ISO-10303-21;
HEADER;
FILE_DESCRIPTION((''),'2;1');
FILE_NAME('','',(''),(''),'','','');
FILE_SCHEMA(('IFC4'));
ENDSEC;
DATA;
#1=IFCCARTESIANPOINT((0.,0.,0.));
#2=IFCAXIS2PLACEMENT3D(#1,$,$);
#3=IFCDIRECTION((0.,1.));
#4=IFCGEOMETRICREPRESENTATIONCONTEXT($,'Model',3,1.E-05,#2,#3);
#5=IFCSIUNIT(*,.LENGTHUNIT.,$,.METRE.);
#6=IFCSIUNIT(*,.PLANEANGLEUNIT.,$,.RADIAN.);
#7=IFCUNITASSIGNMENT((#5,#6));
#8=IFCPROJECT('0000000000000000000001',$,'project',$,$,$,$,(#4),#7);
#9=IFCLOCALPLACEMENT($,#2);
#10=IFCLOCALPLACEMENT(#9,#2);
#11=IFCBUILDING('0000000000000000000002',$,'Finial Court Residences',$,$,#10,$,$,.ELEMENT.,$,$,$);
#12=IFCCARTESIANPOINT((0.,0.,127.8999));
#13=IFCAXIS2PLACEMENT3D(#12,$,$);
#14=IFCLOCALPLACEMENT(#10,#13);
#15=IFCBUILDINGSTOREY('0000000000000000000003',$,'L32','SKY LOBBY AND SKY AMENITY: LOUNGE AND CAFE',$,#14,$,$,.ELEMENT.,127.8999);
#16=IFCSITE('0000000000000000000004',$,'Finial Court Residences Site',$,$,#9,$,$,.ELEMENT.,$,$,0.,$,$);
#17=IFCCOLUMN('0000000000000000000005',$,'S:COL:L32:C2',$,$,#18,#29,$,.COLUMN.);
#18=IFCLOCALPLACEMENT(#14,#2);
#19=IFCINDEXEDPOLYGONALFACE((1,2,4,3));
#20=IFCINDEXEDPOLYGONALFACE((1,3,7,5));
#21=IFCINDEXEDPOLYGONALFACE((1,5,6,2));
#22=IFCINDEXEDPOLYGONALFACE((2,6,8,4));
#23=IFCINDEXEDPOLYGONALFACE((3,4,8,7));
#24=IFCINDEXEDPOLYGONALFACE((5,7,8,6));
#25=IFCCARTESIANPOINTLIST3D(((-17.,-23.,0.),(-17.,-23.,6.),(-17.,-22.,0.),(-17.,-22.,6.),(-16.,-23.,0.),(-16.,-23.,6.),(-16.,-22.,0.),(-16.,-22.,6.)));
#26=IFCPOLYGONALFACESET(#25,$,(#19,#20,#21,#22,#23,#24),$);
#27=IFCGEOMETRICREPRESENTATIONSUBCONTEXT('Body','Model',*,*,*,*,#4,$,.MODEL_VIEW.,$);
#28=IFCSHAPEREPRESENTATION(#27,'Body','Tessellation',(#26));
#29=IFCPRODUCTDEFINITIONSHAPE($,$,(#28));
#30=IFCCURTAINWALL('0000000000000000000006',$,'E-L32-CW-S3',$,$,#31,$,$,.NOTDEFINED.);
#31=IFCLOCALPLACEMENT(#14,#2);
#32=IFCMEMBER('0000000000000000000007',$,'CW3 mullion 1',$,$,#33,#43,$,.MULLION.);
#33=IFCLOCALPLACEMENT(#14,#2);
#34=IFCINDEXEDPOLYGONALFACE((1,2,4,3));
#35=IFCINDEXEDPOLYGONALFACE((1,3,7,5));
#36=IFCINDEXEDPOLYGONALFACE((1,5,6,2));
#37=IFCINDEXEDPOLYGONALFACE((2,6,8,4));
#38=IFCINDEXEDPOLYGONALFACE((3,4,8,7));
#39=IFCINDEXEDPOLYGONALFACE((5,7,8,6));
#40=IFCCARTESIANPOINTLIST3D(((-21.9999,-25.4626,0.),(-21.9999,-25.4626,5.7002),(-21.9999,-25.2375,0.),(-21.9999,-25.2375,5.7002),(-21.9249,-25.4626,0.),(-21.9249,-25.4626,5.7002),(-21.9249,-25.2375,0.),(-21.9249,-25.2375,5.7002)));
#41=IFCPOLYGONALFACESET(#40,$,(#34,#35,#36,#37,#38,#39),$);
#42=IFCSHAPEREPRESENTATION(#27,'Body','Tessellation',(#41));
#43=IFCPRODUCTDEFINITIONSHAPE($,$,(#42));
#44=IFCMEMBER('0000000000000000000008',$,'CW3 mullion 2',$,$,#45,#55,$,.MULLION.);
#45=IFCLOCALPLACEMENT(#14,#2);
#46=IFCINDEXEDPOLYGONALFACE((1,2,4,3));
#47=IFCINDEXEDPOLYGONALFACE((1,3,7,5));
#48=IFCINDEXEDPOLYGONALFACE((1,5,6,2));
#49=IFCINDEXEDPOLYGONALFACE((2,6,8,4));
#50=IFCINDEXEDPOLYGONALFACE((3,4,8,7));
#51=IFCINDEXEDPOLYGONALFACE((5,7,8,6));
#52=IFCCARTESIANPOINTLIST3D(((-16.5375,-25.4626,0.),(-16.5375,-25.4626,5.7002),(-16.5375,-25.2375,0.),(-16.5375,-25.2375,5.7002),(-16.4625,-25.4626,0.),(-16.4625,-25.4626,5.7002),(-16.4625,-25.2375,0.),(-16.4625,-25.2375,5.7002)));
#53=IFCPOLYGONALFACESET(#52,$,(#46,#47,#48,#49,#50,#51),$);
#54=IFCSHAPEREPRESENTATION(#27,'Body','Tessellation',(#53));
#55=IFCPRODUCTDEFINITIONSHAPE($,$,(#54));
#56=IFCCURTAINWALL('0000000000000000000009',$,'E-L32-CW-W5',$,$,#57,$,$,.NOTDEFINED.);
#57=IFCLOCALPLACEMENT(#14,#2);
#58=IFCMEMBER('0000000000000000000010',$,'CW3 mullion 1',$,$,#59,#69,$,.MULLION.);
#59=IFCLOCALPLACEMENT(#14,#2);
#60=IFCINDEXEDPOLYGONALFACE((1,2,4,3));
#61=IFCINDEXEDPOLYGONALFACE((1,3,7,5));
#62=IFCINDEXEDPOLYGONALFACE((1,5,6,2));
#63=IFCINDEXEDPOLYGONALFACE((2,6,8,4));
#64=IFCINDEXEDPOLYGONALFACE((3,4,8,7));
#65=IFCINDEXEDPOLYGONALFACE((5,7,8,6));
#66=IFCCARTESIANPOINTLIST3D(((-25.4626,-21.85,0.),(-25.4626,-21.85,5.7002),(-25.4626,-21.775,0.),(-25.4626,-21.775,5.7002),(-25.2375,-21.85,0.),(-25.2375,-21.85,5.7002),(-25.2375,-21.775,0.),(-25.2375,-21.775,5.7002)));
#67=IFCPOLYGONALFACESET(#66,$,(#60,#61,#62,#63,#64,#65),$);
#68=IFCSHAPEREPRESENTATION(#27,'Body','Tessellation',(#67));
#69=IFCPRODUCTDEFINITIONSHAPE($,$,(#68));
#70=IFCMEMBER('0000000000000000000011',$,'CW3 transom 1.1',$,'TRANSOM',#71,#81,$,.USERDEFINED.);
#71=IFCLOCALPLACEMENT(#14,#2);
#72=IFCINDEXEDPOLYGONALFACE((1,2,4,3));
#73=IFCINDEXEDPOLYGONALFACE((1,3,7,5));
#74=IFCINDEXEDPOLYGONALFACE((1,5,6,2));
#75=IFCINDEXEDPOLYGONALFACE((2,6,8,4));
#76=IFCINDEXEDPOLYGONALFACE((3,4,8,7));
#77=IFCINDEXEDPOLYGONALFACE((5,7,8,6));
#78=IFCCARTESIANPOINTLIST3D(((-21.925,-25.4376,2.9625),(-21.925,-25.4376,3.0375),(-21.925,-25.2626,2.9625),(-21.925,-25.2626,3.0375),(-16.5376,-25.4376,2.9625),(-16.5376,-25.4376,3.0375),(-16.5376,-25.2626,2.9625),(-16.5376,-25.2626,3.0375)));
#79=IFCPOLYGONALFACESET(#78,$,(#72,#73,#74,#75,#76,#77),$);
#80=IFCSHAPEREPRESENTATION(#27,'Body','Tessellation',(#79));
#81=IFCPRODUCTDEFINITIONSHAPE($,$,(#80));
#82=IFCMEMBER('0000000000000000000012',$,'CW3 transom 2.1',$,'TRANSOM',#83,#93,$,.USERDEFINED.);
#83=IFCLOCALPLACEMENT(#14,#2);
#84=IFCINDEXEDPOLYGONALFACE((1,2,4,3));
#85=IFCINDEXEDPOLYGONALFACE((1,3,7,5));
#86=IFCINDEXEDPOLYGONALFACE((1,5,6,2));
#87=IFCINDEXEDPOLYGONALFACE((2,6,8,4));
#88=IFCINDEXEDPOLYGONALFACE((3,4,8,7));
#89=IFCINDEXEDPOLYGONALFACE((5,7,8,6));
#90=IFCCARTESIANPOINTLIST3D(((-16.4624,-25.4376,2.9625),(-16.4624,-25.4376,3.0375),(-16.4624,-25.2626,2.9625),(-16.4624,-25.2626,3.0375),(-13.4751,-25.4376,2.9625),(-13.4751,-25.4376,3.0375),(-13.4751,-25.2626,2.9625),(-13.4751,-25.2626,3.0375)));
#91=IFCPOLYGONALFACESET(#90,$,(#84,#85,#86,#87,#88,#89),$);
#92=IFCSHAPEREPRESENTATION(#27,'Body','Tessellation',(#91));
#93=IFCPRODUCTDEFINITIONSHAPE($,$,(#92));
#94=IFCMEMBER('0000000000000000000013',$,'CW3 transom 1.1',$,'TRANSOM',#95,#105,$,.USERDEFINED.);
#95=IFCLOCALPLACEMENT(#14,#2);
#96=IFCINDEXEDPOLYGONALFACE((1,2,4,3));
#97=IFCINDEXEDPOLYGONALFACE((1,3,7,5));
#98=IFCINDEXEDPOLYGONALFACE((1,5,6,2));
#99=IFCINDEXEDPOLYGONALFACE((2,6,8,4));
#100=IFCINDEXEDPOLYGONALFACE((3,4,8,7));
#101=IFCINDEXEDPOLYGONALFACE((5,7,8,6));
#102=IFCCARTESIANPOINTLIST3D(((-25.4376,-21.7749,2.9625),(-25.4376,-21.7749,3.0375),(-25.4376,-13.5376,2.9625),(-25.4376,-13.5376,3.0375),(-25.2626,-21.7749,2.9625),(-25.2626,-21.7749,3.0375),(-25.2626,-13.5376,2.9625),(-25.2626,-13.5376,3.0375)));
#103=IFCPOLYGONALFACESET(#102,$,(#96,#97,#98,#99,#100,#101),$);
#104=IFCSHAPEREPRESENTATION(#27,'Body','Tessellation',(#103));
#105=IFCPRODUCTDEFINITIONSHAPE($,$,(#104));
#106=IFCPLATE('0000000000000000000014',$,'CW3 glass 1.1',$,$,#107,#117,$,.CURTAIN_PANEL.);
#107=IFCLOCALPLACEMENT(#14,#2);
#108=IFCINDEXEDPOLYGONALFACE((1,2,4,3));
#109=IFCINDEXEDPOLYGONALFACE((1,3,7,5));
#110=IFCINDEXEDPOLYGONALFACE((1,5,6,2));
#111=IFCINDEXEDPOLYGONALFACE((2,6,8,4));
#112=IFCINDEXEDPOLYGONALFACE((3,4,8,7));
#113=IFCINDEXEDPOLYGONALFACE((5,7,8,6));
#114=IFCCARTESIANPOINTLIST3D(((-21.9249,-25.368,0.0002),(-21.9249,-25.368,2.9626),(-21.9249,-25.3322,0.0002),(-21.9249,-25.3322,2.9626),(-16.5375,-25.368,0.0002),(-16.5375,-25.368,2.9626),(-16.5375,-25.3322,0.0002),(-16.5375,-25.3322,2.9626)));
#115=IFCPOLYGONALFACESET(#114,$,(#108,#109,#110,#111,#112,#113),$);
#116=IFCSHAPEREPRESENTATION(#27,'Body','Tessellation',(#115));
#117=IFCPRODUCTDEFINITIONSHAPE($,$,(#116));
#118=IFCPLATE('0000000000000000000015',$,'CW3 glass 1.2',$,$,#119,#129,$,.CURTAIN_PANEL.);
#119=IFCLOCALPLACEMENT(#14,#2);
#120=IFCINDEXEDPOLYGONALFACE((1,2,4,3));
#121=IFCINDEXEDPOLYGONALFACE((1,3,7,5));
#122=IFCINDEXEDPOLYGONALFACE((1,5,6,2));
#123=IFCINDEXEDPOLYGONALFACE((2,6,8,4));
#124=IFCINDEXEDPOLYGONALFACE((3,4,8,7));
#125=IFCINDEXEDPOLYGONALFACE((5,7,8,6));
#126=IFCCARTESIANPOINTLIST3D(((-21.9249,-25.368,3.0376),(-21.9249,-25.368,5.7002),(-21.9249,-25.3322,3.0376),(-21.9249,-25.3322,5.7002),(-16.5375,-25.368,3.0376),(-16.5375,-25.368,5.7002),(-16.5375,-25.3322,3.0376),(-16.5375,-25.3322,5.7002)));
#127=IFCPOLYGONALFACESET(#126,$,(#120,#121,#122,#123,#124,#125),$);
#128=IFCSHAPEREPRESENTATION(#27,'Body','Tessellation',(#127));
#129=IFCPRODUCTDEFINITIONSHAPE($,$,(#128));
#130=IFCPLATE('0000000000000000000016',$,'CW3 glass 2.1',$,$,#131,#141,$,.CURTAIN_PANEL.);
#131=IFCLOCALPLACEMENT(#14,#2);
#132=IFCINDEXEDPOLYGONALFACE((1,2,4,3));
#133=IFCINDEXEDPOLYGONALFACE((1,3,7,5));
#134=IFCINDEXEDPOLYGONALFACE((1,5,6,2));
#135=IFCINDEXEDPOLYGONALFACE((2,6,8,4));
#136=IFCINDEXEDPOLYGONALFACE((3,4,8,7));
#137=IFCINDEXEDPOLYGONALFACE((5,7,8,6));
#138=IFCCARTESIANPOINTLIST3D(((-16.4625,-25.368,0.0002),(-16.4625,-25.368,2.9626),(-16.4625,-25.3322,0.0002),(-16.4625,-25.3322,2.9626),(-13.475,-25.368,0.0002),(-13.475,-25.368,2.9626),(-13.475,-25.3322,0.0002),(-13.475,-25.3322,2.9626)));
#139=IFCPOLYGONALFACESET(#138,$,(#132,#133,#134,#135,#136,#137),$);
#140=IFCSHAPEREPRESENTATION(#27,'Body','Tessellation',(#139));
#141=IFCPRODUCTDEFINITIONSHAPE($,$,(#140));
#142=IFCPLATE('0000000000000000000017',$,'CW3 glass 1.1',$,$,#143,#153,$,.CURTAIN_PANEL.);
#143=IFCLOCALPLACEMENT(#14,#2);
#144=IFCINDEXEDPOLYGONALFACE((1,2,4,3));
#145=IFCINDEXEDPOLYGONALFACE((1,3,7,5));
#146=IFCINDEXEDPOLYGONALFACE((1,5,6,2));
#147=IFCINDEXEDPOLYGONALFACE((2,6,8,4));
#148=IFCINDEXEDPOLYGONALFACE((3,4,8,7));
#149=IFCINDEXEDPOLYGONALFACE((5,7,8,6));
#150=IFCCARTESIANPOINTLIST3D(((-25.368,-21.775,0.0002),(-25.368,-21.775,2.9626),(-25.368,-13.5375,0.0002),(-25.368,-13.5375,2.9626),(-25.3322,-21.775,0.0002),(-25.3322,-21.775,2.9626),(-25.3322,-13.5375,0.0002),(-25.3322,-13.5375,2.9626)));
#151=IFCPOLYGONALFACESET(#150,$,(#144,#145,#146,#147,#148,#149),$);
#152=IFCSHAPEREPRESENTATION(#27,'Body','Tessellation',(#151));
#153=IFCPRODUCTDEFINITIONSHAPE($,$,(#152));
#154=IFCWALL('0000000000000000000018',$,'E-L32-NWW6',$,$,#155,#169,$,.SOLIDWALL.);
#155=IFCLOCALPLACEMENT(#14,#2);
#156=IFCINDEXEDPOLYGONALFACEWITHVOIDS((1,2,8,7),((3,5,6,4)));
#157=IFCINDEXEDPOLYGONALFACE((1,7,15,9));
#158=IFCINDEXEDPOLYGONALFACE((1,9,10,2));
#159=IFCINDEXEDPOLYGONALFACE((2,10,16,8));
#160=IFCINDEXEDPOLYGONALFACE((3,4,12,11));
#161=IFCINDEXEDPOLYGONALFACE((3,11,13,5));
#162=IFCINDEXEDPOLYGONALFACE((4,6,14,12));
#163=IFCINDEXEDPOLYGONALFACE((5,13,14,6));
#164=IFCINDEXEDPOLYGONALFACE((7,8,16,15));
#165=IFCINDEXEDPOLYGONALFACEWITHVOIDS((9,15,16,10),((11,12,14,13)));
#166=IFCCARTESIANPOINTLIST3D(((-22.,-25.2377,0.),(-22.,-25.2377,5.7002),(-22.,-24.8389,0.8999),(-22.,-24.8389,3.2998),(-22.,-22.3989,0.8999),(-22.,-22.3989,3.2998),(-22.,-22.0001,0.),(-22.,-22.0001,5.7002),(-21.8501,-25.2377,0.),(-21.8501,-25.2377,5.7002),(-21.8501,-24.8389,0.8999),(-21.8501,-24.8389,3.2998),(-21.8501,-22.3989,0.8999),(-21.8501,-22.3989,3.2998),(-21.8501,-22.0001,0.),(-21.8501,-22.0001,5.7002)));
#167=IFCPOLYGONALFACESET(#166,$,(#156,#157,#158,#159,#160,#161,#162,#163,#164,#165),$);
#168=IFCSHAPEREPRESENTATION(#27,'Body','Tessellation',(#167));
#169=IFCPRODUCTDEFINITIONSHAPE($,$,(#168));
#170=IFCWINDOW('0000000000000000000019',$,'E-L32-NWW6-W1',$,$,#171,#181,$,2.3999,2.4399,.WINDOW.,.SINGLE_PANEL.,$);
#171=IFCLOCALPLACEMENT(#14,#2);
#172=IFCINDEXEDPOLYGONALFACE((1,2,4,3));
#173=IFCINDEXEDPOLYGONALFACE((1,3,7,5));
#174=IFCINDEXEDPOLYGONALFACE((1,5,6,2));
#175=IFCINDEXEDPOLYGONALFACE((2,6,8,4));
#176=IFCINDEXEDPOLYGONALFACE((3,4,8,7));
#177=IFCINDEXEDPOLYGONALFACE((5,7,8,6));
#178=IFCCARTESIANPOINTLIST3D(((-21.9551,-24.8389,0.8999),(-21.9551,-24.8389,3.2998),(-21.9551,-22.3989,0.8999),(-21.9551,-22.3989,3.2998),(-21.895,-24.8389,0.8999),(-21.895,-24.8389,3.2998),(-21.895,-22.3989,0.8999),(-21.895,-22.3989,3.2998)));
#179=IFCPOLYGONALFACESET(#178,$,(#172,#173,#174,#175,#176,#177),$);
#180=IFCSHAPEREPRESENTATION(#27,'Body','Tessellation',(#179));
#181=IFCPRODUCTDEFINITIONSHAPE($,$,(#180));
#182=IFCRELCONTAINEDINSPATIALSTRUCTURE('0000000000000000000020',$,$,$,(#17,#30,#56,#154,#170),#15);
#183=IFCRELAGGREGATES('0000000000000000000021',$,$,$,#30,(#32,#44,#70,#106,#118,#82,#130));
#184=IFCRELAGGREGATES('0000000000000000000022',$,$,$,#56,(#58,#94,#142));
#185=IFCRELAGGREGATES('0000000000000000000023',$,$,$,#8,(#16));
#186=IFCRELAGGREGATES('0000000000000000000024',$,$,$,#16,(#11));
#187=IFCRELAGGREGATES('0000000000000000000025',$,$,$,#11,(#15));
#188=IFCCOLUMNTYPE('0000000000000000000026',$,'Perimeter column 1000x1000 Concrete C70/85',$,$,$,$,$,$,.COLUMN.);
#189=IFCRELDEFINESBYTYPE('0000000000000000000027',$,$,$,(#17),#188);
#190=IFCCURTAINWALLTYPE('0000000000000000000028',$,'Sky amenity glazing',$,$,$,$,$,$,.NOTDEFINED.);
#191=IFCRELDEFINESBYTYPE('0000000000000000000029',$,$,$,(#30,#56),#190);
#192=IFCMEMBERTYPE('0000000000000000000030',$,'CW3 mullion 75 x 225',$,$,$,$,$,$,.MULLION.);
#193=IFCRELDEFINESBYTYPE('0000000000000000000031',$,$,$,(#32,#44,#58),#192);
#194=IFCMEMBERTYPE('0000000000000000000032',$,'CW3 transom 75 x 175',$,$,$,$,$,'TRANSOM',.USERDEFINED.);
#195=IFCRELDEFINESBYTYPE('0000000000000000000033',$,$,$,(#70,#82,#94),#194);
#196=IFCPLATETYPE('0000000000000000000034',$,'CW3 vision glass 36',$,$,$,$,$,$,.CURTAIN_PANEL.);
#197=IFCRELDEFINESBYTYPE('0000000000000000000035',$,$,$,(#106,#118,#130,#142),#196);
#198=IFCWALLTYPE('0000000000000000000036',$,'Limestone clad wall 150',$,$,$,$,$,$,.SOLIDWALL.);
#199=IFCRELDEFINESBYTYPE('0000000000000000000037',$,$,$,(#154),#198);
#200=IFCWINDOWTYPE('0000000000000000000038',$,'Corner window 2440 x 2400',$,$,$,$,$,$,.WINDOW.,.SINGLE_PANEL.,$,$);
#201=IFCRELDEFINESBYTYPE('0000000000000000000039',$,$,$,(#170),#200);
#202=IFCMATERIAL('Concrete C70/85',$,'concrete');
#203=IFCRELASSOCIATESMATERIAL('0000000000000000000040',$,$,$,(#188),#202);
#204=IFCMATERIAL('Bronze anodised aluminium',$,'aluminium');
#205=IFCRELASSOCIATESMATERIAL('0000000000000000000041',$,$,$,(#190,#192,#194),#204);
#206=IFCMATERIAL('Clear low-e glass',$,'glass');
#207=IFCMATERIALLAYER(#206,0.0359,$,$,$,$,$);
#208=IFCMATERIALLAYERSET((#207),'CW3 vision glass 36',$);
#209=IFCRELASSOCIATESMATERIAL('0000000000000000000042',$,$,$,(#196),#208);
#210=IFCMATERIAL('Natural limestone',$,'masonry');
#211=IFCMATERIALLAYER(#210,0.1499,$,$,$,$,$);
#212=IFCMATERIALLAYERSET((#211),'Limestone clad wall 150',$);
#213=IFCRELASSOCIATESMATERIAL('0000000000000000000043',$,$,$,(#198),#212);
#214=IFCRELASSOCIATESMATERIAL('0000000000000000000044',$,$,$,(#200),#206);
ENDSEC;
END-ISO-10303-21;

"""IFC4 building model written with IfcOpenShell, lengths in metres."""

from ifc_helpers import new_model, si_unit, direction, frame, frame_2d, origin, origin_2d, place, context, subcontext, project, spatial, rectangle, extrude, material, layer, layer_set, material_profile, profile_set, type_object, element, fill, aggregate, save


model = new_model("IFC4")

# Units and contexts
model_context = context("Model", 3, precision=1e-05, world=origin(), true_north=direction((0.0, 1.0)))
body_context = subcontext(model_context, "Body", "Model", "MODEL_VIEW")
ifc_project = project(units=[si_unit("LENGTHUNIT", "METRE"), si_unit("PLANEANGLEUNIT", "RADIAN")], contexts=[model_context])

# Site, building, storey
site_placement = place(None, origin())
site = spatial("IfcSite", under=ifc_project, at=site_placement, Name="Finial Court Residences Site", CompositionType="ELEMENT", RefElevation=0.0)
building_placement = place(site_placement, origin())
building = spatial("IfcBuilding", under=site, at=building_placement, Name="Finial Court Residences", CompositionType="ELEMENT")
storey_placement = place(building_placement, frame((0.0, 0.0, 127.8999)))
storey = spatial("IfcBuildingStorey", under=building, at=storey_placement, Name="L32", Description="SKY LOBBY AND SKY AMENITY: LOUNGE AND CAFE", CompositionType="ELEMENT", Elevation=127.8999)

# Column
ifc_material_1 = material(Name="Concrete C70/85", Category="concrete")
ifc_material_profile_1 = material_profile(ifc_material_1, rectangle(XDim=1.0, YDim=1.0, at=origin_2d()), Name="1000x1000")
ifc_profile_set_1 = profile_set([ifc_material_profile_1], Name="Concrete C70/85")
column_type = type_object("IfcColumnType", Name="Perimeter column 1000x1000 Concrete C70/85", PredefinedType="COLUMN", material=ifc_profile_set_1)
column_placement = place(storey_placement, frame((-16.5, -22.5, 0.0), z_axis=(0.0, 0.0, 1.0), x_axis=(1.0, 0.0, 0.0)))
element("IfcColumn", 1, at=column_placement, inside=storey, type_object=column_type, Name="S:COL:L32:C2", PredefinedType="COLUMN", context=body_context, shape_type="SweptSolid", body=[
    extrude(rectangle(XDim=1.0, YDim=1.0, at=origin_2d()), origin(), (0.0, 0.0, 1.0), 6.0),
])

# Curtain wall, members
ifc_material_2 = material(Name="Bronze anodised aluminium", Category="aluminium")
curtain_wall_type = type_object("IfcCurtainWallType", Name="Sky amenity glazing", PredefinedType="NOTDEFINED", material=ifc_material_2)
curtain_wall_1_placement = place(storey_placement, origin())
curtain_wall_1 = element("IfcCurtainWall", 2, at=curtain_wall_1_placement, inside=storey, type_object=curtain_wall_type, Name="E-L32-CW-S3", PredefinedType="NOTDEFINED")
ifc_material_profile_2 = material_profile(ifc_material_2, rectangle(XDim=0.2251, YDim=0.075, at=origin_2d()), Name="CW3 mullion 75 x 225")
ifc_profile_set_2 = profile_set([ifc_material_profile_2], Name="Bronze anodised aluminium")
member_type_1 = type_object("IfcMemberType", Name="CW3 mullion 75 x 225", PredefinedType="MULLION", material=ifc_profile_set_2)
member_1_placement = place(storey_placement, frame((-21.9624, -25.3501, 0.0), z_axis=(0.0, 0.0, 1.0), x_axis=(0.0, 1.0, 0.0)))
member_1 = element("IfcMember", 3, at=member_1_placement, type_object=member_type_1, Name="CW3 mullion 1", PredefinedType="MULLION", context=body_context, shape_type="SweptSolid", body=[
    extrude(rectangle(XDim=0.2251, YDim=0.075, at=origin_2d()), origin(), (0.0, 0.0, 1.0), 5.7002),
])
member_2_placement = place(storey_placement, frame((-16.5, -25.3501, 0.0), z_axis=(0.0, 0.0, 1.0), x_axis=(0.0, 1.0, 0.0)))
member_2 = element("IfcMember", 4, at=member_2_placement, type_object=member_type_1, Name="CW3 mullion 2", PredefinedType="MULLION", context=body_context, shape_type="SweptSolid", body=[
    extrude(rectangle(XDim=0.2251, YDim=0.075, at=origin_2d()), origin(), (0.0, 0.0, 1.0), 5.7002),
])

# Curtain wall, member
curtain_wall_2_placement = place(storey_placement, origin())
curtain_wall_2 = element("IfcCurtainWall", 5, at=curtain_wall_2_placement, inside=storey, type_object=curtain_wall_type, Name="E-L32-CW-W5", PredefinedType="NOTDEFINED")
member_3_placement = place(storey_placement, frame((-25.3501, -21.8125, 0.0), z_axis=(0.0, 0.0, 1.0), x_axis=(-1.0, 0.0, 0.0)))
member_3 = element("IfcMember", 6, at=member_3_placement, type_object=member_type_1, Name="CW3 mullion 1", PredefinedType="MULLION", context=body_context, shape_type="SweptSolid", body=[
    extrude(rectangle(XDim=0.2251, YDim=0.075, at=origin_2d()), origin(), (0.0, 0.0, 1.0), 5.7002),
])

# Members
ifc_material_profile_3 = material_profile(ifc_material_2, rectangle(XDim=0.175, YDim=0.075, at=origin_2d()), Name="CW3 transom 75 x 175")
ifc_profile_set_3 = profile_set([ifc_material_profile_3], Name="Bronze anodised aluminium")
member_type_2 = type_object("IfcMemberType", Name="CW3 transom 75 x 175", ElementType="TRANSOM", PredefinedType="USERDEFINED", material=ifc_profile_set_3)
member_4_placement = place(storey_placement, frame((-21.925, -25.3501, 3.0), z_axis=(1.0, 0.0, 0.0), x_axis=(0.0, 1.0, 0.0)))
member_4 = element("IfcMember", 7, at=member_4_placement, type_object=member_type_2, Name="CW3 transom 1.1", ObjectType="TRANSOM", PredefinedType="USERDEFINED", context=body_context, shape_type="SweptSolid", body=[
    extrude(rectangle(XDim=0.175, YDim=0.075, at=origin_2d()), origin(), (0.0, 0.0, 1.0), 5.3875),
])
member_5_placement = place(storey_placement, frame((-16.4624, -25.3501, 3.0), z_axis=(1.0, 0.0, 0.0), x_axis=(0.0, 1.0, 0.0)))
member_5 = element("IfcMember", 8, at=member_5_placement, type_object=member_type_2, Name="CW3 transom 2.1", ObjectType="TRANSOM", PredefinedType="USERDEFINED", context=body_context, shape_type="SweptSolid", body=[
    extrude(rectangle(XDim=0.175, YDim=0.075, at=origin_2d()), origin(), (0.0, 0.0, 1.0), 2.9873),
])
member_6_placement = place(storey_placement, frame((-25.3501, -21.7749, 3.0), z_axis=(0.0, 1.0, 0.0), x_axis=(-1.0, 0.0, 0.0)))
member_6 = element("IfcMember", 9, at=member_6_placement, type_object=member_type_2, Name="CW3 transom 1.1", ObjectType="TRANSOM", PredefinedType="USERDEFINED", context=body_context, shape_type="SweptSolid", body=[
    extrude(rectangle(XDim=0.175, YDim=0.075, at=origin_2d()), origin(), (0.0, 0.0, 1.0), 8.2373),
])

# Plates
ifc_material_3 = material(Name="Clear low-e glass", Category="glass")
ifc_layer_1 = layer(ifc_material_3, 0.0359)
ifc_layer_set_1 = layer_set([ifc_layer_1], Name="CW3 vision glass 36")
plate_type = type_object("IfcPlateType", Name="CW3 vision glass 36", PredefinedType="CURTAIN_PANEL", material=ifc_layer_set_1)
plate_1_placement = place(storey_placement, frame((-19.2312, -25.3501, 0.0002), z_axis=(0.0, 0.0, 1.0), x_axis=(1.0, 0.0, 0.0)))
plate_1 = element("IfcPlate", 10, at=plate_1_placement, type_object=plate_type, Name="CW3 glass 1.1", PredefinedType="CURTAIN_PANEL", context=body_context, shape_type="SweptSolid", body=[
    extrude(rectangle(XDim=5.3875, YDim=0.0359, at=origin_2d()), origin(), (0.0, 0.0, 1.0), 2.9624),
])
plate_2_placement = place(storey_placement, frame((-19.2312, -25.3501, 3.0376), z_axis=(0.0, 0.0, 1.0), x_axis=(1.0, 0.0, 0.0)))
plate_2 = element("IfcPlate", 11, at=plate_2_placement, type_object=plate_type, Name="CW3 glass 1.2", PredefinedType="CURTAIN_PANEL", context=body_context, shape_type="SweptSolid", body=[
    extrude(rectangle(XDim=5.3875, YDim=0.0359, at=origin_2d()), origin(), (0.0, 0.0, 1.0), 2.6626),
])
plate_3_placement = place(storey_placement, frame((-14.9688, -25.3501, 0.0002), z_axis=(0.0, 0.0, 1.0), x_axis=(1.0, 0.0, 0.0)))
plate_3 = element("IfcPlate", 12, at=plate_3_placement, type_object=plate_type, Name="CW3 glass 2.1", PredefinedType="CURTAIN_PANEL", context=body_context, shape_type="SweptSolid", body=[
    extrude(rectangle(XDim=2.9875, YDim=0.0359, at=origin_2d()), origin(), (0.0, 0.0, 1.0), 2.9624),
])
aggregate(curtain_wall_1, [member_1, member_2, member_4, plate_1, plate_2, member_5, plate_3])
plate_4_placement = place(storey_placement, frame((-25.3501, -17.6562, 0.0002), z_axis=(0.0, 0.0, 1.0), x_axis=(0.0, 1.0, 0.0)))
plate_4 = element("IfcPlate", 13, at=plate_4_placement, type_object=plate_type, Name="CW3 glass 1.1", PredefinedType="CURTAIN_PANEL", context=body_context, shape_type="SweptSolid", body=[
    extrude(rectangle(XDim=8.2375, YDim=0.0359, at=origin_2d()), origin(), (0.0, 0.0, 1.0), 2.9624),
])
aggregate(curtain_wall_2, [member_3, member_6, plate_4])

# Wall, opening, window
ifc_material_4 = material(Name="Natural limestone", Category="masonry")
ifc_layer_2 = layer(ifc_material_4, 0.1499)
ifc_layer_set_2 = layer_set([ifc_layer_2], Name="Limestone clad wall 150")
wall_type = type_object("IfcWallType", Name="Limestone clad wall 150", PredefinedType="SOLIDWALL", material=ifc_layer_set_2)
wall_1_placement = place(storey_placement, frame((-21.925, -25.2375, 0.0), z_axis=(0.0, 0.0, 1.0), x_axis=(0.0, 1.0, 0.0)))
wall_1 = element("IfcWall", 14, at=wall_1_placement, inside=storey, type_object=wall_type, Name="E-L32-NWW6", PredefinedType="SOLIDWALL", context=body_context, shape_type="SweptSolid", body=[
    extrude(rectangle(XDim=3.2375, YDim=0.1499, at=frame_2d((1.6187, 0.0))), origin(), (0.0, 0.0, 1.0), 5.7002),
])
opening_1_placement = place(wall_1_placement, frame((0.3987, 0.0, 0.8999)))
opening_1 = element("IfcOpeningElement", 15, at=opening_1_placement, cuts=wall_1, PredefinedType="OPENING", context=body_context, shape_type="SweptSolid", body=[
    extrude(rectangle(XDim=2.4399, YDim=2.3999, at=frame_2d((1.22, 1.2))), frame((0.0, 0.085, 0.0), z_axis=(0.0, -1.0, 0.0), x_axis=(1.0, 0.0, 0.0)), (0.0, 0.0, 1.0), 0.1699),
])
window_type_1 = type_object("IfcWindowType", Name="Corner window 2440 x 2400", PartitioningType="SINGLE_PANEL", PredefinedType="WINDOW", material=ifc_material_3)
window_1_placement = place(opening_1_placement, origin())
window_1 = element("IfcWindow", 16, at=window_1_placement, inside=storey, type_object=window_type_1, Name="E-L32-NWW6-W1", OverallHeight=2.3999, OverallWidth=2.4399, PartitioningType="SINGLE_PANEL", PredefinedType="WINDOW", context=body_context, shape_type="SweptSolid", body=[
    extrude(rectangle(XDim=2.4399, YDim=2.3999, at=frame_2d((1.22, 1.2))), frame((0.0, 0.03, 0.0), z_axis=(0.0, -1.0, 0.0), x_axis=(1.0, 0.0, 0.0)), (0.0, 0.0, 1.0), 0.0601),
])
fill(opening_1, window_1)

save(model, "model.ifc")
